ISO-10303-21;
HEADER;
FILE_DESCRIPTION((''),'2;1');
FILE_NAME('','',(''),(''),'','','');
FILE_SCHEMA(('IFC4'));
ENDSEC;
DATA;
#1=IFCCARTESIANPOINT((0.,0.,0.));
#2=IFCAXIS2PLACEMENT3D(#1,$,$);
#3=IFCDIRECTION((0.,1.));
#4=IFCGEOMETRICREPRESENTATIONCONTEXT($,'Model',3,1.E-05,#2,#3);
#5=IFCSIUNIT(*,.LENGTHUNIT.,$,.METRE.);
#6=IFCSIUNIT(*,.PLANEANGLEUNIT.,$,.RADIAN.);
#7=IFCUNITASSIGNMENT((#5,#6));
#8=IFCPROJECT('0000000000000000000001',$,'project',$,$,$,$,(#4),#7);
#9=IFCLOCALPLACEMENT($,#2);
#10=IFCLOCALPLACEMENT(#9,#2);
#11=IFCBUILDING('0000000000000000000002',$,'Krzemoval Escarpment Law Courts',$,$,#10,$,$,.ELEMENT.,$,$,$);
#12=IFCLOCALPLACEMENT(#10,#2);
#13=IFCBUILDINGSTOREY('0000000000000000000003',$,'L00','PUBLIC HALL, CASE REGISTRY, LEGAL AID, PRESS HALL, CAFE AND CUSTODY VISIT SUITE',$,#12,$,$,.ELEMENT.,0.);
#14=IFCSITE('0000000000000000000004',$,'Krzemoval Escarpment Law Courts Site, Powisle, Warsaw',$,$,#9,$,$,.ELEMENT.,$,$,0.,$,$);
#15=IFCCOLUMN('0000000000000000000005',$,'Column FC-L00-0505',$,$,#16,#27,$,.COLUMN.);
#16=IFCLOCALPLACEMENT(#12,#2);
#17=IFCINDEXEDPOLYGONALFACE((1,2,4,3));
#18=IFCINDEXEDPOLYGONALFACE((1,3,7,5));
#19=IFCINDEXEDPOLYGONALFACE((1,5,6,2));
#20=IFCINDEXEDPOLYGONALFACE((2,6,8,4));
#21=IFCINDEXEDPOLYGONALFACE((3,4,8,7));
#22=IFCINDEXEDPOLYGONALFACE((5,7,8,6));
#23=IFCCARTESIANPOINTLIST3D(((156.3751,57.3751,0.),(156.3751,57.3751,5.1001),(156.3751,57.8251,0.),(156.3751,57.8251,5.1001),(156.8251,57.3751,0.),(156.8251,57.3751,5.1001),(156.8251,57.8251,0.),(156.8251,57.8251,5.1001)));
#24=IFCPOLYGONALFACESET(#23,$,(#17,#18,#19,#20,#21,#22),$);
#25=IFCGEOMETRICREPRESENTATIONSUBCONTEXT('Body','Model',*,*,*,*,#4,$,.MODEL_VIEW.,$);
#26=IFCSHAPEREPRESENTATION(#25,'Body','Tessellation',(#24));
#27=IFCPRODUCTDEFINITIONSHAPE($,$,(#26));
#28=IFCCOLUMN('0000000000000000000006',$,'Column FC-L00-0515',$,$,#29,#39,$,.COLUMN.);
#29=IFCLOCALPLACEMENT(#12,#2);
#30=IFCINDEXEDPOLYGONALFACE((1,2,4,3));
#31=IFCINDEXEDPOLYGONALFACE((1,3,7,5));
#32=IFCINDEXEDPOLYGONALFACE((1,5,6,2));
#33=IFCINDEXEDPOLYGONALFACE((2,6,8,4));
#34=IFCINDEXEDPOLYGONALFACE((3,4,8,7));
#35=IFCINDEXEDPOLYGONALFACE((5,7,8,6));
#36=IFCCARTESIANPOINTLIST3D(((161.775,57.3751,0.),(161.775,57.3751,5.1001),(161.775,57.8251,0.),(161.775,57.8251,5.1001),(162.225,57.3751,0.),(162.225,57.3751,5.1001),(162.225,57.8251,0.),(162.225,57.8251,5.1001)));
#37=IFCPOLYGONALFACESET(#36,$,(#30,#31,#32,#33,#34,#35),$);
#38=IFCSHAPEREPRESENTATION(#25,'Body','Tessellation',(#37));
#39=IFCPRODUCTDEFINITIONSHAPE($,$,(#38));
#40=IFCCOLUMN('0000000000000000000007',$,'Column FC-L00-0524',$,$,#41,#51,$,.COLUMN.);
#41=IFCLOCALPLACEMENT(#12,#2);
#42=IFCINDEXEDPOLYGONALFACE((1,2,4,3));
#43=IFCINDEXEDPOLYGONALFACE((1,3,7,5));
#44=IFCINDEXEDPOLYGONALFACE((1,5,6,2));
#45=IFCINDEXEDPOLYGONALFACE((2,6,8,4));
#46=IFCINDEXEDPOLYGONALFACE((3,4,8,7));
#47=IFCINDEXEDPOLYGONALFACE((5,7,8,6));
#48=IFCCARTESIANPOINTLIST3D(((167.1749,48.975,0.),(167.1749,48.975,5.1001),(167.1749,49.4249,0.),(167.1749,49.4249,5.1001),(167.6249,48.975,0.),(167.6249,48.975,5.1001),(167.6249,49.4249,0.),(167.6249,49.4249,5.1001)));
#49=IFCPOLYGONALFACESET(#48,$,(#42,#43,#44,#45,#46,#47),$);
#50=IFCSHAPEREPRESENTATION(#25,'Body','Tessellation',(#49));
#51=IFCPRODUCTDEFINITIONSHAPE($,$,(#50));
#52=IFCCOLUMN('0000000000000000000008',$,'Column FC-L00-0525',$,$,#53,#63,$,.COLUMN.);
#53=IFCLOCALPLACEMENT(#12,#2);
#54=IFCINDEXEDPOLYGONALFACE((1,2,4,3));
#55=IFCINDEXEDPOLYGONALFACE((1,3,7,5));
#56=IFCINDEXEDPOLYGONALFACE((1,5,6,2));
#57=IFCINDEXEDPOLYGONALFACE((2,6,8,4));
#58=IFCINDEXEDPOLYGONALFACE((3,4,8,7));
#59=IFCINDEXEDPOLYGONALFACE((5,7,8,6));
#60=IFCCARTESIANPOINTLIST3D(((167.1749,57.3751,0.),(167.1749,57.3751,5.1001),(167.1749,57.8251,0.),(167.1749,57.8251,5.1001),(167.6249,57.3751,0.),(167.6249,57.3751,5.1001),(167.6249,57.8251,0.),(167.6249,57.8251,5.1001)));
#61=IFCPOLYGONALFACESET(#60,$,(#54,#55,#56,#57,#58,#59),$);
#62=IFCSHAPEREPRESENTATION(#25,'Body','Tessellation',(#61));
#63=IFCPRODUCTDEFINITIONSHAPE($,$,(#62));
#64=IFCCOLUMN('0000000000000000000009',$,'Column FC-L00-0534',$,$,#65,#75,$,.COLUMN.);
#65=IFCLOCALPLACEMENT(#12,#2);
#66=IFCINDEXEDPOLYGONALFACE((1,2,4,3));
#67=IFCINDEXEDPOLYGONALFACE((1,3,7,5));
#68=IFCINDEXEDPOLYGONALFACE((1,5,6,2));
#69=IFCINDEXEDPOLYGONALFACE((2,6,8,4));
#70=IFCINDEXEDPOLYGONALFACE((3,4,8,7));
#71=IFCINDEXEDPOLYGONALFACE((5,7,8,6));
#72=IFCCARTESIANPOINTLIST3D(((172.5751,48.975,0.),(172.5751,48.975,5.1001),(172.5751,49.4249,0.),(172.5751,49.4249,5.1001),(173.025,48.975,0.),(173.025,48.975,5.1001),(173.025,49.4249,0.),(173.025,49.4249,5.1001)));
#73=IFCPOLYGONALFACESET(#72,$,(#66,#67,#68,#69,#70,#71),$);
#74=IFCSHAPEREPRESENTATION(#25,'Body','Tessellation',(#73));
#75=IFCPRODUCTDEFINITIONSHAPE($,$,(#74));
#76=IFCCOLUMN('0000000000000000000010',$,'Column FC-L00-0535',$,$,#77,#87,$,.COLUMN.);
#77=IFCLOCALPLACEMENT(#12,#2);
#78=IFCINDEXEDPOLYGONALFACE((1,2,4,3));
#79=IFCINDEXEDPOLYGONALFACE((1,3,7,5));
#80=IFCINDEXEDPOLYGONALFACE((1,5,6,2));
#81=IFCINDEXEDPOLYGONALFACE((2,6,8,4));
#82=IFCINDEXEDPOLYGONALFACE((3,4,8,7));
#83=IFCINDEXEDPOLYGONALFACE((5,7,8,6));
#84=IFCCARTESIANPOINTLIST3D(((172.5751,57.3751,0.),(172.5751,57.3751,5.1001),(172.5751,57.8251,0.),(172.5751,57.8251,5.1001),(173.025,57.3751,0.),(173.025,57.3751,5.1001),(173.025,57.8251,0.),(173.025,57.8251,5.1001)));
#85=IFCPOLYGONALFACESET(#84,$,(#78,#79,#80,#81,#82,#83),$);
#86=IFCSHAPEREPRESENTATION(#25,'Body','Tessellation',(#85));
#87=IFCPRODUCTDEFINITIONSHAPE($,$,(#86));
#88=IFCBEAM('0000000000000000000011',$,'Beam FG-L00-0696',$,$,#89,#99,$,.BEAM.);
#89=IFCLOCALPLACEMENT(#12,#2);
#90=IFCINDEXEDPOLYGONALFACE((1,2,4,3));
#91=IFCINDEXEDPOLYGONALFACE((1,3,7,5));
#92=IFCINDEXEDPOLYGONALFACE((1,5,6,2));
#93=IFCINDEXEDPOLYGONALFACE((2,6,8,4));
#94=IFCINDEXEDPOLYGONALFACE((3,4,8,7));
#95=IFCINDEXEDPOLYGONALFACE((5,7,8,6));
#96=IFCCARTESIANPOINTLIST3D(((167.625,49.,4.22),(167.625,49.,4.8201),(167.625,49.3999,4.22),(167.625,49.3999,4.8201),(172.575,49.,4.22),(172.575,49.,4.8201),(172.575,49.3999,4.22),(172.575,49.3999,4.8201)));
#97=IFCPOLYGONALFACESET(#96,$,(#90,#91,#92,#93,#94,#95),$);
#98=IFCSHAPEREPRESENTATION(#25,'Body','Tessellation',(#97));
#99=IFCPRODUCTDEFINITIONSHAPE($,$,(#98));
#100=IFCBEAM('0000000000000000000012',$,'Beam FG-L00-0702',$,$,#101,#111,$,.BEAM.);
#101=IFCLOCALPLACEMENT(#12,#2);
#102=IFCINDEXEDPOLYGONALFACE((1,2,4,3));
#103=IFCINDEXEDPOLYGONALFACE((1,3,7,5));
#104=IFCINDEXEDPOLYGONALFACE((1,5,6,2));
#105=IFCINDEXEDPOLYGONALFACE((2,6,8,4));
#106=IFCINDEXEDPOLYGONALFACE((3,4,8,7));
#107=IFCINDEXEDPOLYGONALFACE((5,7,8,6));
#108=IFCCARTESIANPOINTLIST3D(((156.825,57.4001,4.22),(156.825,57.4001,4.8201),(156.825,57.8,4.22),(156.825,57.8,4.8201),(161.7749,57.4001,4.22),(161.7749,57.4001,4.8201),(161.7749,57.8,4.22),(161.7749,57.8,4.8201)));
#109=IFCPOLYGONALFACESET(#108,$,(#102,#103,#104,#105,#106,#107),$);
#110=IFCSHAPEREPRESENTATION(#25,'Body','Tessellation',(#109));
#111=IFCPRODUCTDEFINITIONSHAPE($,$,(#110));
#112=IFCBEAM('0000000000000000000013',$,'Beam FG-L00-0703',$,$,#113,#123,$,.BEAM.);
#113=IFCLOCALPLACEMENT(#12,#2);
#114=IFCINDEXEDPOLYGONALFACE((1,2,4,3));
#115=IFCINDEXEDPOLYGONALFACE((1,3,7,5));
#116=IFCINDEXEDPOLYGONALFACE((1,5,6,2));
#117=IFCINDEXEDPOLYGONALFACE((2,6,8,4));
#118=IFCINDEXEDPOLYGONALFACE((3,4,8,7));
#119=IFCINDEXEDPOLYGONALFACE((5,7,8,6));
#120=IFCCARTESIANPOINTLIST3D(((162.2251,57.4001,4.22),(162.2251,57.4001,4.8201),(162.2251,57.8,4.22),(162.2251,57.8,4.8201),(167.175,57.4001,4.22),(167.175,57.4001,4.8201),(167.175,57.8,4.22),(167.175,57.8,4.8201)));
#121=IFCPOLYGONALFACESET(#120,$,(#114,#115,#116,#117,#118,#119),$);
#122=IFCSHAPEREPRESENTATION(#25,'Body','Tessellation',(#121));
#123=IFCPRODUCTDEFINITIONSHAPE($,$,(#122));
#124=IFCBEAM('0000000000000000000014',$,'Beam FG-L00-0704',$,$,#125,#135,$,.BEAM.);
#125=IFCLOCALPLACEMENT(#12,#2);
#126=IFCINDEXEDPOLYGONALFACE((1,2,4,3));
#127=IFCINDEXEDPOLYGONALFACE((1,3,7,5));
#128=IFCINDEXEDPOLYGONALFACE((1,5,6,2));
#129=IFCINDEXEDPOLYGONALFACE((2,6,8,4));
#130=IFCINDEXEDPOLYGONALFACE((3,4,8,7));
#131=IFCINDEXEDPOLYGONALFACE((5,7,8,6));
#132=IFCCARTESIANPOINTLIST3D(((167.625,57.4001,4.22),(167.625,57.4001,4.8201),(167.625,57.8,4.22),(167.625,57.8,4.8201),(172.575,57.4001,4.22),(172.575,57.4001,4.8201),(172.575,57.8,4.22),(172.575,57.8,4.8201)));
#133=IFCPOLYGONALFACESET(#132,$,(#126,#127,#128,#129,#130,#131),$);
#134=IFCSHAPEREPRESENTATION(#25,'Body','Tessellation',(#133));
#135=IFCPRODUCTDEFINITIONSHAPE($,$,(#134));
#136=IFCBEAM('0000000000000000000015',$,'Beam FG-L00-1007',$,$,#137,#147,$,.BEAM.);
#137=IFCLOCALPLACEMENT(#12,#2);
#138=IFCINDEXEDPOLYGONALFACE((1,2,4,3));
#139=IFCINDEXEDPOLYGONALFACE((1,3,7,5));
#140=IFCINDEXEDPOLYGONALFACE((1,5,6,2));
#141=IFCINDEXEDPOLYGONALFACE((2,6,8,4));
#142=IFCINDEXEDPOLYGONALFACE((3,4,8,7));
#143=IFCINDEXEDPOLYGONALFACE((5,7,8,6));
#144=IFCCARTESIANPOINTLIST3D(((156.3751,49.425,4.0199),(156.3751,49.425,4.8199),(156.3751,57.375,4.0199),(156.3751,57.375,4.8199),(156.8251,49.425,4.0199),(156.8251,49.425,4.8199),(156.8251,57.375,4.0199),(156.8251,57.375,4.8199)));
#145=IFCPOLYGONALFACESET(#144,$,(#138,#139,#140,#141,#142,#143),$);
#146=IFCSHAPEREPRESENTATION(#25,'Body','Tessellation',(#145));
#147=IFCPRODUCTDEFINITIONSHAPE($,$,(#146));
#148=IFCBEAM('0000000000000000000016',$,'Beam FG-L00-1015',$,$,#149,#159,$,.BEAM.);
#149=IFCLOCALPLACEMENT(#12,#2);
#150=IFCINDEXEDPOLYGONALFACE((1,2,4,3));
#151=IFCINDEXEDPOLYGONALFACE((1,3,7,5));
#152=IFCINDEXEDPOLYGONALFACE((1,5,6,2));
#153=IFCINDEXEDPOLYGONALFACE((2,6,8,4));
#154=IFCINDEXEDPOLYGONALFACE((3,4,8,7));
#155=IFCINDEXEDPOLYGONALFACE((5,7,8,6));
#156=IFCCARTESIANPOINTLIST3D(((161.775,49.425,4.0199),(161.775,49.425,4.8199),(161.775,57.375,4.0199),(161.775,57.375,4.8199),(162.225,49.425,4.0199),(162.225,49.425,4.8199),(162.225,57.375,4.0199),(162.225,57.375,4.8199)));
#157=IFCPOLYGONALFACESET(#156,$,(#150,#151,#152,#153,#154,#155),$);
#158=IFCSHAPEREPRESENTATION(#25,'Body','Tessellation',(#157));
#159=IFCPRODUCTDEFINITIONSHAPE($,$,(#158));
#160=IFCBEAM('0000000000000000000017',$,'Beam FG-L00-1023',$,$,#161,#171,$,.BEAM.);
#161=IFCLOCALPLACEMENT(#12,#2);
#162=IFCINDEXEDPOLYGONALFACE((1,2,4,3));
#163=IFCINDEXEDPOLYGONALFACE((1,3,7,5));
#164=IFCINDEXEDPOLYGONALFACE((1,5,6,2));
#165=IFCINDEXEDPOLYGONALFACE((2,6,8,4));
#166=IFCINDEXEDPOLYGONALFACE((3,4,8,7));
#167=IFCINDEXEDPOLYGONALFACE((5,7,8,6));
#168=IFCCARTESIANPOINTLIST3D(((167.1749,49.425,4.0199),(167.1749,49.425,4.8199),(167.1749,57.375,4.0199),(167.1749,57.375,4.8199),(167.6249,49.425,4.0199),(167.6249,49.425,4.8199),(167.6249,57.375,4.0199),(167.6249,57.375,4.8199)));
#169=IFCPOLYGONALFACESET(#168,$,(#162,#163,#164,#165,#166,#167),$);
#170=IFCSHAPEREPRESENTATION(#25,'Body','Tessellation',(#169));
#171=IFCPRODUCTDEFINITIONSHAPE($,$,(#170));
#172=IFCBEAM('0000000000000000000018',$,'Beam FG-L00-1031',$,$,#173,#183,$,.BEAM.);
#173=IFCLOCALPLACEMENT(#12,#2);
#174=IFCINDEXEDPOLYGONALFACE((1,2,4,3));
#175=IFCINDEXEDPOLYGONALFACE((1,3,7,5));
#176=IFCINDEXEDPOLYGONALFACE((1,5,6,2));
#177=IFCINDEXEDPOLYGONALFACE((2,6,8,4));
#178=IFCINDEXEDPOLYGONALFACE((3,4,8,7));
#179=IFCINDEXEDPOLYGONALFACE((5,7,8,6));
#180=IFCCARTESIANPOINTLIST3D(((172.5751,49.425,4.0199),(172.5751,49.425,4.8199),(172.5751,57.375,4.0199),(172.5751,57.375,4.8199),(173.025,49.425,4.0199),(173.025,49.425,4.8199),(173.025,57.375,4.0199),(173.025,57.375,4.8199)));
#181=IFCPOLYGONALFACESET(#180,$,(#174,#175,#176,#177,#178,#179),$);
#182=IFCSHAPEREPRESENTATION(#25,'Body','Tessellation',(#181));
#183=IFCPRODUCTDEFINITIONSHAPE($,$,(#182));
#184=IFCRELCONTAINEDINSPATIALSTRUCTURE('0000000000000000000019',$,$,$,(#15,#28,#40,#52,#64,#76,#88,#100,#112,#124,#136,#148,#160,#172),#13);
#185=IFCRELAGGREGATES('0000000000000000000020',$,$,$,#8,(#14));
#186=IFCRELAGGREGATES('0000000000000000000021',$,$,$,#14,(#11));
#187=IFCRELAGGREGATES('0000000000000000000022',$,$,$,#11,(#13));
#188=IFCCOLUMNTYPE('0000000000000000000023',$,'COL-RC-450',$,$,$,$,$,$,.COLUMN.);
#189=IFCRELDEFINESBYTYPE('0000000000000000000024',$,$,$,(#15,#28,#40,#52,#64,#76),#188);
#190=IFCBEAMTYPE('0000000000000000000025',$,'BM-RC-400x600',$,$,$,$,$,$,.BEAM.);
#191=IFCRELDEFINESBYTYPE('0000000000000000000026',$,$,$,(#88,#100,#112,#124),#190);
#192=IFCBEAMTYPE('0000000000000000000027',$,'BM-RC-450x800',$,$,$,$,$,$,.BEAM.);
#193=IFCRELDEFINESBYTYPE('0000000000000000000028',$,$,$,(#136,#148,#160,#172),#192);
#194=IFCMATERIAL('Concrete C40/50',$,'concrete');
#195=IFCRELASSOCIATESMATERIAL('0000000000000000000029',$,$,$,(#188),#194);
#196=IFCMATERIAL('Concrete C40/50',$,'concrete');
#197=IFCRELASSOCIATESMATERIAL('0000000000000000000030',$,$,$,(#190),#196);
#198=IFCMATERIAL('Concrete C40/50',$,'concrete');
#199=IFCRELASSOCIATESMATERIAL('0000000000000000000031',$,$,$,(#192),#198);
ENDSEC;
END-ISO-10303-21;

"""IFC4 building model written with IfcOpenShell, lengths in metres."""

from ifc_helpers import new_model, si_unit, direction, frame, origin, origin_2d, place, context, subcontext, project, spatial, rectangle, extrude, material, material_profile, profile_set, type_object, element, save


model = new_model("IFC4")

# Units and contexts
model_context = context("Model", 3, precision=1e-05, world=origin(), true_north=direction((0.0, 1.0)))
body_context = subcontext(model_context, "Body", "Model", "MODEL_VIEW")
ifc_project = project(units=[si_unit("LENGTHUNIT", "METRE"), si_unit("PLANEANGLEUNIT", "RADIAN")], contexts=[model_context])

# Site, building, storey
site_placement = place(None, origin())
site = spatial("IfcSite", under=ifc_project, at=site_placement, Name="Krzemoval Escarpment Law Courts Site, Powisle, Warsaw", CompositionType="ELEMENT", RefElevation=0.0)
building_placement = place(site_placement, origin())
building = spatial("IfcBuilding", under=site, at=building_placement, Name="Krzemoval Escarpment Law Courts", CompositionType="ELEMENT")
storey_placement = place(building_placement, origin())
storey = spatial("IfcBuildingStorey", under=building, at=storey_placement, Name="L00", Description="PUBLIC HALL, CASE REGISTRY, LEGAL AID, PRESS HALL, CAFE AND CUSTODY VISIT SUITE", CompositionType="ELEMENT", Elevation=0.0)

# Columns
ifc_material_1 = material(Name="Concrete C40/50", Category="concrete")
ifc_material_profile_1 = material_profile(ifc_material_1, rectangle(XDim=0.45, YDim=0.45, at=origin_2d()), Name="RC 450x450")
ifc_profile_set_1 = profile_set([ifc_material_profile_1], Name="Concrete C40/50")
column_type = type_object("IfcColumnType", Name="COL-RC-450", PredefinedType="COLUMN", material=ifc_profile_set_1)
for number, where, z_axis, x_axis, name in (
    (1, (156.6001, 57.6001, 0.0), (0.0, 0.0, 1.0), (1.0, 0.0, 0.0), "Column FC-L00-0505"),
    (2, (162.0, 57.6001, 0.0), (0.0, 0.0, 1.0), (1.0, 0.0, 0.0), "Column FC-L00-0515"),
    (3, (167.3999, 49.2, 0.0), (0.0, 0.0, 1.0), (1.0, 0.0, 0.0), "Column FC-L00-0524"),
    (4, (167.3999, 57.6001, 0.0), (0.0, 0.0, 1.0), (1.0, 0.0, 0.0), "Column FC-L00-0525"),
    (5, (172.8, 49.2, 0.0), (0.0, 0.0, 1.0), (1.0, 0.0, 0.0), "Column FC-L00-0534"),
    (6, (172.8, 57.6001, 0.0), (0.0, 0.0, 1.0), (1.0, 0.0, 0.0), "Column FC-L00-0535"),
):
    element("IfcColumn", number, at=place(storey_placement, frame(where, z_axis=z_axis, x_axis=x_axis)), inside=storey, type_object=column_type, Name=name, PredefinedType="COLUMN", context=body_context, shape_type="SweptSolid", body=[
        extrude(rectangle(XDim=0.45, YDim=0.45, at=origin_2d()), origin(), (0.0, 0.0, 1.0), 5.1001),
    ])

# Beams
ifc_material_2 = material(Name="Concrete C40/50", Category="concrete")
ifc_material_profile_2 = material_profile(ifc_material_2, rectangle(XDim=0.3999, YDim=0.6001, at=origin_2d()), Name="RCB 400x600")
ifc_profile_set_2 = profile_set([ifc_material_profile_2], Name="Concrete C40/50")
beam_type_1 = type_object("IfcBeamType", Name="BM-RC-400x600", PredefinedType="BEAM", material=ifc_profile_set_2)
for number, where, z_axis, x_axis, name in (
    (7, (167.625, 49.2, 4.52), (1.0, 0.0, 0.0), (0.0, 1.0, 0.0), "Beam FG-L00-0696"),
    (8, (156.825, 57.6001, 4.52), (1.0, 0.0, 0.0), (0.0, 1.0, 0.0), "Beam FG-L00-0702"),
    (9, (162.2251, 57.6001, 4.52), (1.0, 0.0, 0.0), (0.0, 1.0, 0.0), "Beam FG-L00-0703"),
    (10, (167.625, 57.6001, 4.52), (1.0, 0.0, 0.0), (0.0, 1.0, 0.0), "Beam FG-L00-0704"),
):
    element("IfcBeam", number, at=place(storey_placement, frame(where, z_axis=z_axis, x_axis=x_axis)), inside=storey, type_object=beam_type_1, Name=name, PredefinedType="BEAM", context=body_context, shape_type="SweptSolid", body=[
        extrude(rectangle(XDim=0.3999, YDim=0.6001, at=origin_2d()), origin(), (0.0, 0.0, 1.0), 4.95),
    ])
ifc_material_3 = material(Name="Concrete C40/50", Category="concrete")
ifc_material_profile_3 = material_profile(ifc_material_3, rectangle(XDim=0.45, YDim=0.8, at=origin_2d()), Name="RCB 450x800")
ifc_profile_set_3 = profile_set([ifc_material_profile_3], Name="Concrete C40/50")
beam_type_2 = type_object("IfcBeamType", Name="BM-RC-450x800", PredefinedType="BEAM", material=ifc_profile_set_3)
for number, where, z_axis, x_axis, name in (
    (11, (156.6001, 49.425, 4.4199), (0.0, 1.0, 0.0), (-1.0, 0.0, 0.0), "Beam FG-L00-1007"),
    (12, (162.0, 49.425, 4.4199), (0.0, 1.0, 0.0), (-1.0, 0.0, 0.0), "Beam FG-L00-1015"),
    (13, (167.3999, 49.425, 4.4199), (0.0, 1.0, 0.0), (-1.0, 0.0, 0.0), "Beam FG-L00-1023"),
    (14, (172.8, 49.425, 4.4199), (0.0, 1.0, 0.0), (-1.0, 0.0, 0.0), "Beam FG-L00-1031"),
):
    element("IfcBeam", number, at=place(storey_placement, frame(where, z_axis=z_axis, x_axis=x_axis)), inside=storey, type_object=beam_type_2, Name=name, PredefinedType="BEAM", context=body_context, shape_type="SweptSolid", body=[
        extrude(rectangle(XDim=0.45, YDim=0.8, at=origin_2d()), origin(), (0.0, 0.0, 1.0), 7.95),
    ])

save(model, "model.ifc")
